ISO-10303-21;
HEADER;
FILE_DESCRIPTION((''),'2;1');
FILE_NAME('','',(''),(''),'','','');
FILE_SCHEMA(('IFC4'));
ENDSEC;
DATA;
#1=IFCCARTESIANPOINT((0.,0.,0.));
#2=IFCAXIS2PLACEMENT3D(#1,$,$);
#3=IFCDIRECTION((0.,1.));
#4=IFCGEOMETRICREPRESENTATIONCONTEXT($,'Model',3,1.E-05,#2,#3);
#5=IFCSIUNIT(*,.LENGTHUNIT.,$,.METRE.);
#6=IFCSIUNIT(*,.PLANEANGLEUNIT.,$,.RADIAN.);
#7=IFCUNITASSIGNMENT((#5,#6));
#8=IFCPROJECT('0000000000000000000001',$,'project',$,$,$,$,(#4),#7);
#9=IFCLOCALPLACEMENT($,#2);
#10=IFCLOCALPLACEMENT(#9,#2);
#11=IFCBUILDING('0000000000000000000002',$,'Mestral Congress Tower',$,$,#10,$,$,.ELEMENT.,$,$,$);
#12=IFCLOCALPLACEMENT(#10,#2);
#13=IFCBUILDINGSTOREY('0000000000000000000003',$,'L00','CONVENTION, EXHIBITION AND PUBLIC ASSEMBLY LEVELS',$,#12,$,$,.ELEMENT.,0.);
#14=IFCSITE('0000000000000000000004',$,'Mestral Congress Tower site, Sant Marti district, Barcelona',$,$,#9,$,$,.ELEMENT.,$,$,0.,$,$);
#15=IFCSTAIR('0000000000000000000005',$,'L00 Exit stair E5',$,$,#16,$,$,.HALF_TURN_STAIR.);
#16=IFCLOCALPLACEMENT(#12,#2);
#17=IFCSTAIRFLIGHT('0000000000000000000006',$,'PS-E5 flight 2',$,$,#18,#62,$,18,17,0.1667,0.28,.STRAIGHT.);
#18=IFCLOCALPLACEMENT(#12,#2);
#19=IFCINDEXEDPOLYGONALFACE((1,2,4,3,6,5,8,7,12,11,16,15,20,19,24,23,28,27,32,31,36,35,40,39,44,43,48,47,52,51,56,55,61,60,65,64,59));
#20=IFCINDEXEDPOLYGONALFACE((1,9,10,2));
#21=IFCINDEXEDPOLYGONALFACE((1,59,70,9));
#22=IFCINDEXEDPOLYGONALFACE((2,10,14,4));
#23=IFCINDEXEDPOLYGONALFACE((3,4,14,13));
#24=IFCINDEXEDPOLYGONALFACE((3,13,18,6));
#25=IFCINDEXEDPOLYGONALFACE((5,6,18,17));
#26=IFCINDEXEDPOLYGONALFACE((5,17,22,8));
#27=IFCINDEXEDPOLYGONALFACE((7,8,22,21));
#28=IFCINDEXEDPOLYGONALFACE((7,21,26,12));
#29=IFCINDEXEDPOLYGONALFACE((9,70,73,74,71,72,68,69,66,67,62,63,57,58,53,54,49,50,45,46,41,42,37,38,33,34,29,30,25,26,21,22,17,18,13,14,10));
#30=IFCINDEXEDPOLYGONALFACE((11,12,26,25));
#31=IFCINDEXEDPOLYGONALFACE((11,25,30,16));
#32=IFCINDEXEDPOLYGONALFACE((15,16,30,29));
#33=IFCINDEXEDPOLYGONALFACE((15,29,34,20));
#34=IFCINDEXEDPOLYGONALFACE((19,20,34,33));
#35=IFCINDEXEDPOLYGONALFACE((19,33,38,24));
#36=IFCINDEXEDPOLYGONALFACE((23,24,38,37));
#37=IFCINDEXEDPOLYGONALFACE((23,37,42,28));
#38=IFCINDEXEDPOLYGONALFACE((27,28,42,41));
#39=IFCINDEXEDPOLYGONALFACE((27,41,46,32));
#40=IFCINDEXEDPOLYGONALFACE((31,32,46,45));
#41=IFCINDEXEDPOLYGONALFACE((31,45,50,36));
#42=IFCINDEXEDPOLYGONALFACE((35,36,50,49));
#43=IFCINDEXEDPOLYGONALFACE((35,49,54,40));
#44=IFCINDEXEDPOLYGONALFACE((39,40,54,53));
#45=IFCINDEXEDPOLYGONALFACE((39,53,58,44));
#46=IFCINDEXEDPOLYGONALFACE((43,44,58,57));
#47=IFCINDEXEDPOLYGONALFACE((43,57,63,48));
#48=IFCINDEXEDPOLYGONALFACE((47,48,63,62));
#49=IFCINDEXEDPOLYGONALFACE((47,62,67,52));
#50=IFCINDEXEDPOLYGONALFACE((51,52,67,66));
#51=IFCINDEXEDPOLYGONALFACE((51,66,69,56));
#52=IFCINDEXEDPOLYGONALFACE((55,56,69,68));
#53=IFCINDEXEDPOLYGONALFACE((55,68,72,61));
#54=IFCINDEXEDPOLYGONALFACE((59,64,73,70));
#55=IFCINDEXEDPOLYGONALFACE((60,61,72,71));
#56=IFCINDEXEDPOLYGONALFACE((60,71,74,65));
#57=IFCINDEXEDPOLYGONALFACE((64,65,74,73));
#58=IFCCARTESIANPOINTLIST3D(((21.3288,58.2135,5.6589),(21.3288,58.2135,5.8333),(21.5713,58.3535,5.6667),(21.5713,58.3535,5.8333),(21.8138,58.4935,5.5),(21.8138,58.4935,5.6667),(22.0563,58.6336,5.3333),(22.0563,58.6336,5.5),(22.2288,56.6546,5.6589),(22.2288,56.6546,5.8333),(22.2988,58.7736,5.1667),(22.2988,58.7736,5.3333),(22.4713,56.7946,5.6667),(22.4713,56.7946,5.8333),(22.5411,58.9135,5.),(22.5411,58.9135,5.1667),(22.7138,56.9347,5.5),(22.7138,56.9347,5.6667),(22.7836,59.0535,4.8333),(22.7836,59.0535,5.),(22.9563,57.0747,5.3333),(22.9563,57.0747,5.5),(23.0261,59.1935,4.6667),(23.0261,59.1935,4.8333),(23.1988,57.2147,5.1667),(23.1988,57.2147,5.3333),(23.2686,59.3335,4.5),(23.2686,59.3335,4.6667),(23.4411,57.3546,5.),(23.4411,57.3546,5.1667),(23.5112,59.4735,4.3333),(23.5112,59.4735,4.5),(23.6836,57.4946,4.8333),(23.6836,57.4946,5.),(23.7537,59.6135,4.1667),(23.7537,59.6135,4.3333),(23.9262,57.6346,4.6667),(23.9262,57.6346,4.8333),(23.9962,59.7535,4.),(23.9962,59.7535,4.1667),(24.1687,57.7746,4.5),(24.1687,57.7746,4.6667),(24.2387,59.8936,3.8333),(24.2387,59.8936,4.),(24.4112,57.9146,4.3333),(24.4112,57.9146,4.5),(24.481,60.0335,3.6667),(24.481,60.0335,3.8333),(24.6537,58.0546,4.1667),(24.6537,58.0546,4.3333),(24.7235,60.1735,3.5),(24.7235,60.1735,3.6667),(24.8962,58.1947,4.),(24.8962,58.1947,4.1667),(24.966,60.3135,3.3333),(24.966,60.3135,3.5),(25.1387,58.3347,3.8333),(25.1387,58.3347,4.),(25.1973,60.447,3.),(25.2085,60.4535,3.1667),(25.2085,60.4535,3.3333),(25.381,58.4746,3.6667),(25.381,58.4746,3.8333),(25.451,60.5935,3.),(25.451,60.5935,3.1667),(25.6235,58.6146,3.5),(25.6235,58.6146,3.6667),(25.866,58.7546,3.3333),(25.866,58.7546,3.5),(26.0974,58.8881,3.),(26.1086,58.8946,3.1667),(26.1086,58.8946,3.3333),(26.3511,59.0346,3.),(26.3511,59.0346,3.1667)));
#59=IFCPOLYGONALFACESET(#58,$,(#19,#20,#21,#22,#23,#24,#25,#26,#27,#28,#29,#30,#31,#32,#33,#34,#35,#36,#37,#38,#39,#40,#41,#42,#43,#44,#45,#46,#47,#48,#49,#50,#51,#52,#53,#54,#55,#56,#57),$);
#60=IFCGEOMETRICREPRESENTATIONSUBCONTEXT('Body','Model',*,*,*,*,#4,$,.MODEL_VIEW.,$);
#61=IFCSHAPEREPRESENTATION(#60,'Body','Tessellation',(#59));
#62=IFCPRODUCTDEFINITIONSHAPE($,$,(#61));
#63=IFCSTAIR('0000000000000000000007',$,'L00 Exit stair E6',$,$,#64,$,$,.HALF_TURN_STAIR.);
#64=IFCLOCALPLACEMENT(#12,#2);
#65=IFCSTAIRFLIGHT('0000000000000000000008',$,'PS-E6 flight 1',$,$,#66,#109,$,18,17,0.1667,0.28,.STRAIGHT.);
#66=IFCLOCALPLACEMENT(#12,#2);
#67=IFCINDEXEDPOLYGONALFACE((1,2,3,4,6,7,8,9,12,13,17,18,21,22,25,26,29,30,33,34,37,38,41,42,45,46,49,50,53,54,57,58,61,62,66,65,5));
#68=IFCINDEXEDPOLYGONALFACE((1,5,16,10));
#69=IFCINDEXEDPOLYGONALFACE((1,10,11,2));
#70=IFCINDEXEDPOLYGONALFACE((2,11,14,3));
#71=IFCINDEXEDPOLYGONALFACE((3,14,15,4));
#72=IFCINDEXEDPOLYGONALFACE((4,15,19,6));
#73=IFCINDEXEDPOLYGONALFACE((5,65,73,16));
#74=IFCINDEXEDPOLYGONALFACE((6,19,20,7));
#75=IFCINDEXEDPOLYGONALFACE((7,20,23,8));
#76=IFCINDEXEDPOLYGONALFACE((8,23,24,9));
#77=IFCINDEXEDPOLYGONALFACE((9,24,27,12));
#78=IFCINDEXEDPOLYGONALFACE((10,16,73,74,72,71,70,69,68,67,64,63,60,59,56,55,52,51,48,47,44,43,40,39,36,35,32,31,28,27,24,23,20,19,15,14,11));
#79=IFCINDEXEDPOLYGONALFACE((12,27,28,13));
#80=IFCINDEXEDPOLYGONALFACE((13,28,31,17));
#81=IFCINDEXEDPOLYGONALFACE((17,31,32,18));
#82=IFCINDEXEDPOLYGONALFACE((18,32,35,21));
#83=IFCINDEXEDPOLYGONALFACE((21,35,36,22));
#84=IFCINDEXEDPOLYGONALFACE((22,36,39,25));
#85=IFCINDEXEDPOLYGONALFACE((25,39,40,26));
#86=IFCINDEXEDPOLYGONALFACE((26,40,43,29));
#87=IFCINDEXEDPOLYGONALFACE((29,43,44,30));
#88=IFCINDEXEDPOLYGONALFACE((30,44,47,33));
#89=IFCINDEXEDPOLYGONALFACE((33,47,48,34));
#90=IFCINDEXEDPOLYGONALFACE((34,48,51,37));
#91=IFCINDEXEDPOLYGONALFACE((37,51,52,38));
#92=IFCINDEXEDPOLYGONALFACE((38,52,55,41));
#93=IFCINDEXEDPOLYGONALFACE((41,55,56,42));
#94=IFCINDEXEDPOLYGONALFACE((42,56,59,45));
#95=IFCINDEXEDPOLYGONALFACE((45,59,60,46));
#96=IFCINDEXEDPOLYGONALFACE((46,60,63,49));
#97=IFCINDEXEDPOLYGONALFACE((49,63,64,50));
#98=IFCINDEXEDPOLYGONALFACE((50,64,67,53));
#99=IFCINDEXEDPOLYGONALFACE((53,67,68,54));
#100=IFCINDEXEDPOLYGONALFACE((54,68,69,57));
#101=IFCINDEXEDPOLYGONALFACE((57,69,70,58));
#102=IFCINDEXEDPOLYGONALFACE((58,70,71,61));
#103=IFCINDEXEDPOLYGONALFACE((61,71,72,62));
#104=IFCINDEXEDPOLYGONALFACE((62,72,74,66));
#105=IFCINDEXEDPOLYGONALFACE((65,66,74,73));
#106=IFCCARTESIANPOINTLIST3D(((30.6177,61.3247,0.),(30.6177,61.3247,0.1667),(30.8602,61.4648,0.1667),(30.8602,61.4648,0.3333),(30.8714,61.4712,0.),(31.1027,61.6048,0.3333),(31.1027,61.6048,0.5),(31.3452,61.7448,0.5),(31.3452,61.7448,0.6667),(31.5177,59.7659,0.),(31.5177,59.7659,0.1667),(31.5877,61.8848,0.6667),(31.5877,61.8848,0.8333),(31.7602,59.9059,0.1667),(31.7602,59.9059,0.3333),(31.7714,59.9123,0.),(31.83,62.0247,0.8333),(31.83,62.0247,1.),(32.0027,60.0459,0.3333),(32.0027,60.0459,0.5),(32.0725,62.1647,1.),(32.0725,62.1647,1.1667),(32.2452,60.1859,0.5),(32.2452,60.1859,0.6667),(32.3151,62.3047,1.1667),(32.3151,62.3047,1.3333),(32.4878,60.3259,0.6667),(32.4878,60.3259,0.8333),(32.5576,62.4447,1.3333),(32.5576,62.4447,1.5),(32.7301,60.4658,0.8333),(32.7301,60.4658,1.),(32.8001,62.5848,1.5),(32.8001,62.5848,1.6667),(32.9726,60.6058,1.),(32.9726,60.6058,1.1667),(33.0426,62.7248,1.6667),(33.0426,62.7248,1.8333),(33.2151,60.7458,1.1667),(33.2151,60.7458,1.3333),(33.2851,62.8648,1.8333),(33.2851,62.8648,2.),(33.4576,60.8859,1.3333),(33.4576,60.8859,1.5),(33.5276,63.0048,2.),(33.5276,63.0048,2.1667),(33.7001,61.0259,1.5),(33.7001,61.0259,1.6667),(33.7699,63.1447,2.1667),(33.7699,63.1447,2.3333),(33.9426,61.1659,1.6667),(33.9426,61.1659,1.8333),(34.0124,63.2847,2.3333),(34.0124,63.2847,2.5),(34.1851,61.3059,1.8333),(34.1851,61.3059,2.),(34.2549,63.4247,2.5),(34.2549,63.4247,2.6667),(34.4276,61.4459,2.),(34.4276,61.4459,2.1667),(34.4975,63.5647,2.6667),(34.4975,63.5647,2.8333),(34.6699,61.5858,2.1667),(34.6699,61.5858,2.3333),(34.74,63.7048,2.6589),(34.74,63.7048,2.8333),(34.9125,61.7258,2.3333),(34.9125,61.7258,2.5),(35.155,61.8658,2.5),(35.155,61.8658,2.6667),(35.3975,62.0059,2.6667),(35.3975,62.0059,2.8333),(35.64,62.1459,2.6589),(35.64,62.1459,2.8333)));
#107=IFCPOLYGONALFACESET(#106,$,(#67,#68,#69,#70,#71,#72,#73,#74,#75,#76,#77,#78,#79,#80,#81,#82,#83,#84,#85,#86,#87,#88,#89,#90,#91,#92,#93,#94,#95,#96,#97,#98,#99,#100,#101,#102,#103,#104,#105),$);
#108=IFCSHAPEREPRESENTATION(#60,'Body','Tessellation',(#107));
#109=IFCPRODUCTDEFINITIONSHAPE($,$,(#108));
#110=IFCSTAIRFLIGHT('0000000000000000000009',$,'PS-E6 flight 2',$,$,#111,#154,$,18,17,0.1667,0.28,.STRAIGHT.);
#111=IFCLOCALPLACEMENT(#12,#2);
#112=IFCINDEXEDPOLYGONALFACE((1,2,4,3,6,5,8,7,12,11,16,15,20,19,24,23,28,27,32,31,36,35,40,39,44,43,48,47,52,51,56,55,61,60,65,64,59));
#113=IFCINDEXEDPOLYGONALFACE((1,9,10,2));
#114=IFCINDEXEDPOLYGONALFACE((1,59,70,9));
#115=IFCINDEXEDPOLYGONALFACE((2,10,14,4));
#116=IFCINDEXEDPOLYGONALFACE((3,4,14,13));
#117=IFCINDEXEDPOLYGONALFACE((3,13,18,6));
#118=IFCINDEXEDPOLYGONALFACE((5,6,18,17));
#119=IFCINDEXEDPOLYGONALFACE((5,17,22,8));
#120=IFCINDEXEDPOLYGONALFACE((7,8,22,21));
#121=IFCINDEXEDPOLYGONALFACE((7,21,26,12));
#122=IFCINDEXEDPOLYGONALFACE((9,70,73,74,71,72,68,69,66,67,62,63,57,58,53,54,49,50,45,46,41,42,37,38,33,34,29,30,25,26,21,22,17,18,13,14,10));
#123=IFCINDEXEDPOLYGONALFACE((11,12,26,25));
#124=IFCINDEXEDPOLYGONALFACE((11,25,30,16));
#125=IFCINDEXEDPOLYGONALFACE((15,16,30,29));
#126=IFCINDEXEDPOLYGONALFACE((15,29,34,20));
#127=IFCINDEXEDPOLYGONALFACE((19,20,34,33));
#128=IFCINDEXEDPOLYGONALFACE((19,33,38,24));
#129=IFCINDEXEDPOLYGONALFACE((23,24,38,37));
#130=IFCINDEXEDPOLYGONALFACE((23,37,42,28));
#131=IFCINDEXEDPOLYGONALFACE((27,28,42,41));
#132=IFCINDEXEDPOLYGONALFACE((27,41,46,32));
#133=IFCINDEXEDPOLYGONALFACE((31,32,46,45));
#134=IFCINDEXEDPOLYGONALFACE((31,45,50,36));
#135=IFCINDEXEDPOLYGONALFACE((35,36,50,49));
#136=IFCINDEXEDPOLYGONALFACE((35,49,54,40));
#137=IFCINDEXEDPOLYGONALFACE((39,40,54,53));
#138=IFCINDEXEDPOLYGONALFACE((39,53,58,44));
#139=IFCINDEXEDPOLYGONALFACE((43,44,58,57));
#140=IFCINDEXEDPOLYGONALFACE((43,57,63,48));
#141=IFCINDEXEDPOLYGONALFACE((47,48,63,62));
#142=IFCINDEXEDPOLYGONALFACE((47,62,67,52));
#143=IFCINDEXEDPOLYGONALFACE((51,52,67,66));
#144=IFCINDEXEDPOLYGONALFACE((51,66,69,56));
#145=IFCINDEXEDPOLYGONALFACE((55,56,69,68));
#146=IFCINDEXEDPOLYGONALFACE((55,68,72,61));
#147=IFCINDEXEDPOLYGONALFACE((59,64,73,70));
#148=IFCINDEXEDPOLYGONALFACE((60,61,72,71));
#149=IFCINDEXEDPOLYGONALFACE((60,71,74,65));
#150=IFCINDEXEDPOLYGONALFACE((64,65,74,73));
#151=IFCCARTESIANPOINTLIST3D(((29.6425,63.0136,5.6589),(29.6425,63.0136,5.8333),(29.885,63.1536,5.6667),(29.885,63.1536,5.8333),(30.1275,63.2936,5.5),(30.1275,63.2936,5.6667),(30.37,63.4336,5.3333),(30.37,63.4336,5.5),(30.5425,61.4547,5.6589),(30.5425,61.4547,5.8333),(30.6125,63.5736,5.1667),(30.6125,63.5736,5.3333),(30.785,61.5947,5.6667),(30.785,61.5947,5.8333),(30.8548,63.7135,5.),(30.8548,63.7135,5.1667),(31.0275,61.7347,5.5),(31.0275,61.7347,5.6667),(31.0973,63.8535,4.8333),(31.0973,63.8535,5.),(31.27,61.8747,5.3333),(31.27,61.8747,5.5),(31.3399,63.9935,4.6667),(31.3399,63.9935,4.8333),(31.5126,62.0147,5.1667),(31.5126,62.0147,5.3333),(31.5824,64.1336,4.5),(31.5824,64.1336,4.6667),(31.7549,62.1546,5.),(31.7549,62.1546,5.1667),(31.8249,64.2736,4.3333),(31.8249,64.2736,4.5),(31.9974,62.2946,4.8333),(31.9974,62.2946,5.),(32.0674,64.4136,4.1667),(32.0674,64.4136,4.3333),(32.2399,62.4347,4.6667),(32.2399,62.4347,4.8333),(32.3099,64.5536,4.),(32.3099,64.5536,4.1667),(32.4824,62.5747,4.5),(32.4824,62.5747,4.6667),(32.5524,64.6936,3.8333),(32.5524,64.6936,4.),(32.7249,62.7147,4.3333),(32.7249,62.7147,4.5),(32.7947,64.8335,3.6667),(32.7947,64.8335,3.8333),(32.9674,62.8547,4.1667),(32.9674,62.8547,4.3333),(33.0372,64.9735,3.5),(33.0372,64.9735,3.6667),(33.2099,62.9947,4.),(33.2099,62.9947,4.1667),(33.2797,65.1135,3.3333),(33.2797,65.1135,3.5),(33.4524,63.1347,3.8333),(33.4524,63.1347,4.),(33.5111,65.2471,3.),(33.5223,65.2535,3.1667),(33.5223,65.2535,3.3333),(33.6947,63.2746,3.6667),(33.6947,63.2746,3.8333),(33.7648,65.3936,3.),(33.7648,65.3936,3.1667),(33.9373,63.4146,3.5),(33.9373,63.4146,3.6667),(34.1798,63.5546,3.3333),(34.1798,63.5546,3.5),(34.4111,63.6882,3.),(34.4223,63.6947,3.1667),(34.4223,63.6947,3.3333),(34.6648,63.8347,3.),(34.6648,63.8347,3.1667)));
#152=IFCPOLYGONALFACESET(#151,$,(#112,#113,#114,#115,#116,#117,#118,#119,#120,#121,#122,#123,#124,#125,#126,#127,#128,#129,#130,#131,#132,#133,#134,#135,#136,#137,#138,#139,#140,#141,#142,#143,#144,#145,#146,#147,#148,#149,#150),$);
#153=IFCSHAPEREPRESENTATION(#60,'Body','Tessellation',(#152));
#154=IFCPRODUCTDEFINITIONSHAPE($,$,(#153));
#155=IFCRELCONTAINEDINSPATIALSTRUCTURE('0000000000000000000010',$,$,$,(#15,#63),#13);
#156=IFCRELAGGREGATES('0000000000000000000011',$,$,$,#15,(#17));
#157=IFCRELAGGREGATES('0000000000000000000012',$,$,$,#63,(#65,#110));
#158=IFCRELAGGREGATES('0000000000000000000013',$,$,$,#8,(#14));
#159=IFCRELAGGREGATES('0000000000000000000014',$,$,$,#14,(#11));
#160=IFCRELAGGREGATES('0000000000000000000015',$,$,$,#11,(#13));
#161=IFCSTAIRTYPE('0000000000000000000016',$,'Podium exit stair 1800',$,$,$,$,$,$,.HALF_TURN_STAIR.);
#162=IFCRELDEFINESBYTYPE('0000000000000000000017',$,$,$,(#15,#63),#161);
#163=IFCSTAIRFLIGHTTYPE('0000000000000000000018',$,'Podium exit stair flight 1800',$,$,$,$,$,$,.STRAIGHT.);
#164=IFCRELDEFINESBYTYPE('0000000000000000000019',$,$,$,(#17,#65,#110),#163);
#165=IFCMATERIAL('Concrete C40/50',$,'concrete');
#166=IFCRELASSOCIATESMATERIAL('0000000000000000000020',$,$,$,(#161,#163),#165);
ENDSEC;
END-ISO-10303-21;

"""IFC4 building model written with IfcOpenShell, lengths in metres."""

from ifc_helpers import new_model, si_unit, direction, frame, origin, place, context, subcontext, project, spatial, polyline, outline, extrude, material, type_object, element, aggregate, save


model = new_model("IFC4")

# Units and contexts
model_context = context("Model", 3, precision=1e-05, world=origin(), true_north=direction((0.0, 1.0)))
body_context = subcontext(model_context, "Body", "Model", "MODEL_VIEW")
ifc_project = project(units=[si_unit("LENGTHUNIT", "METRE"), si_unit("PLANEANGLEUNIT", "RADIAN")], contexts=[model_context])

# Site, building, storey
site_placement = place(None, origin())
site = spatial("IfcSite", under=ifc_project, at=site_placement, Name="Mestral Congress Tower site, Sant Marti district, Barcelona", CompositionType="ELEMENT", RefElevation=0.0)
building_placement = place(site_placement, origin())
building = spatial("IfcBuilding", under=site, at=building_placement, Name="Mestral Congress Tower", CompositionType="ELEMENT")
storey_placement = place(building_placement, origin())
storey = spatial("IfcBuildingStorey", under=building, at=storey_placement, Name="L00", Description="CONVENTION, EXHIBITION AND PUBLIC ASSEMBLY LEVELS", CompositionType="ELEMENT", Elevation=0.0)

# Stair, stair flight
ifc_material_1 = material(Name="Concrete C40/50", Category="concrete")
stair_type = type_object("IfcStairType", Name="Podium exit stair 1800", PredefinedType="HALF_TURN_STAIR", material=ifc_material_1)
placement = place(storey_placement, origin())
stair_1 = element("IfcStair", 1, at=placement, inside=storey, type_object=stair_type, Name="L00 Exit stair E5", PredefinedType="HALF_TURN_STAIR")
stair_flight_type = type_object("IfcStairFlightType", Name="Podium exit stair flight 1800", PredefinedType="STRAIGHT", material=ifc_material_1)
stair_flight_1_placement = place(storey_placement, frame((25.9011, 59.814, 3.0), z_axis=(0.0, 0.0, 1.0), x_axis=(-0.866025, -0.5, 0.0)))
stair_flight_1 = element("IfcStairFlight", 2, at=stair_flight_1_placement, type_object=stair_flight_type, Name="PS-E5 flight 2", NumberOfRisers=18, NumberOfTreads=17, PredefinedType="STRAIGHT", RiserHeight=0.1667, TreadLength=0.28, context=body_context, shape_type="SweptSolid", body=[
    extrude(outline(polyline([(0.0, 0.0), (0.0, 0.1667), (0.28, 0.1667), (0.28, 0.3333), (0.5601, 0.3333), (0.5601, 0.5), (0.8401, 0.5), (0.8401, 0.6667), (1.1201, 0.6667), (1.1201, 0.8333), (1.3999, 0.8333), (1.3999, 1.0), (1.6799, 1.0), (1.6799, 1.1667), (1.96, 1.1667), (1.96, 1.3333), (2.24, 1.3333), (2.24, 1.5), (2.52, 1.5), (2.52, 1.6667), (2.8, 1.6667), (2.8, 1.8333), (3.0801, 1.8333), (3.0801, 2.0), (3.3601, 2.0), (3.3601, 2.1667), (3.6399, 2.1667), (3.6399, 2.3333), (3.9199, 2.3333), (3.9199, 2.5), (4.2, 2.5), (4.2, 2.6667), (4.48, 2.6667), (4.48, 2.8333), (4.76, 2.8333), (4.76, 3.0), (4.76, 2.6589), (0.293, 0.0), (0.0, 0.0)])), frame((0.0, 0.8999, 0.0), z_axis=(0.0, -1.0, 0.0), x_axis=(1.0, 0.0, 0.0)), (0.0, 0.0, 1.0), 1.8),
])
aggregate(stair_1, [stair_flight_1])

# Stair, stair flights
stair_2 = element("IfcStair", 3, at=placement, inside=storey, type_object=stair_type, Name="L00 Exit stair E6", PredefinedType="HALF_TURN_STAIR")
stair_flight_2_placement = place(storey_placement, frame((31.0676, 60.5454, 0.0), z_axis=(0.0, 0.0, 1.0), x_axis=(0.866025, 0.5, 0.0)))
stair_flight_2 = element("IfcStairFlight", 4, at=stair_flight_2_placement, type_object=stair_flight_type, Name="PS-E6 flight 1", NumberOfRisers=18, NumberOfTreads=17, PredefinedType="STRAIGHT", RiserHeight=0.1667, TreadLength=0.28, context=body_context, shape_type="SweptSolid", body=[
    extrude(outline(polyline([(0.0, 0.0), (0.0, 0.1667), (0.28, 0.1667), (0.28, 0.3333), (0.5601, 0.3333), (0.5601, 0.5), (0.8401, 0.5), (0.8401, 0.6667), (1.1201, 0.6667), (1.1201, 0.8333), (1.3999, 0.8333), (1.3999, 1.0), (1.6799, 1.0), (1.6799, 1.1667), (1.96, 1.1667), (1.96, 1.3333), (2.24, 1.3333), (2.24, 1.5), (2.52, 1.5), (2.52, 1.6667), (2.8, 1.6667), (2.8, 1.8333), (3.0801, 1.8333), (3.0801, 2.0), (3.3601, 2.0), (3.3601, 2.1667), (3.6399, 2.1667), (3.6399, 2.3333), (3.9199, 2.3333), (3.9199, 2.5), (4.2, 2.5), (4.2, 2.6667), (4.48, 2.6667), (4.48, 2.8333), (4.76, 2.8333), (4.76, 3.0), (4.76, 2.6589), (0.293, 0.0), (0.0, 0.0)])), frame((0.0, 0.8999, 0.0), z_axis=(0.0, -1.0, 0.0), x_axis=(1.0, 0.0, 0.0)), (0.0, 0.0, 1.0), 1.8),
])
stair_flight_3_placement = place(storey_placement, frame((34.2148, 64.614, 3.0), z_axis=(0.0, 0.0, 1.0), x_axis=(-0.866025, -0.5, 0.0)))
stair_flight_3 = element("IfcStairFlight", 5, at=stair_flight_3_placement, type_object=stair_flight_type, Name="PS-E6 flight 2", NumberOfRisers=18, NumberOfTreads=17, PredefinedType="STRAIGHT", RiserHeight=0.1667, TreadLength=0.28, context=body_context, shape_type="SweptSolid", body=[
    extrude(outline(polyline([(0.0, 0.0), (0.0, 0.1667), (0.28, 0.1667), (0.28, 0.3333), (0.5601, 0.3333), (0.5601, 0.5), (0.8401, 0.5), (0.8401, 0.6667), (1.1201, 0.6667), (1.1201, 0.8333), (1.3999, 0.8333), (1.3999, 1.0), (1.6799, 1.0), (1.6799, 1.1667), (1.96, 1.1667), (1.96, 1.3333), (2.24, 1.3333), (2.24, 1.5), (2.52, 1.5), (2.52, 1.6667), (2.8, 1.6667), (2.8, 1.8333), (3.0801, 1.8333), (3.0801, 2.0), (3.3601, 2.0), (3.3601, 2.1667), (3.6399, 2.1667), (3.6399, 2.3333), (3.9199, 2.3333), (3.9199, 2.5), (4.2, 2.5), (4.2, 2.6667), (4.48, 2.6667), (4.48, 2.8333), (4.76, 2.8333), (4.76, 3.0), (4.76, 2.6589), (0.293, 0.0), (0.0, 0.0)])), frame((0.0, 0.8999, 0.0), z_axis=(0.0, -1.0, 0.0), x_axis=(1.0, 0.0, 0.0)), (0.0, 0.0, 1.0), 1.8),
])
aggregate(stair_2, [stair_flight_2, stair_flight_3])

save(model, "model.ifc")
